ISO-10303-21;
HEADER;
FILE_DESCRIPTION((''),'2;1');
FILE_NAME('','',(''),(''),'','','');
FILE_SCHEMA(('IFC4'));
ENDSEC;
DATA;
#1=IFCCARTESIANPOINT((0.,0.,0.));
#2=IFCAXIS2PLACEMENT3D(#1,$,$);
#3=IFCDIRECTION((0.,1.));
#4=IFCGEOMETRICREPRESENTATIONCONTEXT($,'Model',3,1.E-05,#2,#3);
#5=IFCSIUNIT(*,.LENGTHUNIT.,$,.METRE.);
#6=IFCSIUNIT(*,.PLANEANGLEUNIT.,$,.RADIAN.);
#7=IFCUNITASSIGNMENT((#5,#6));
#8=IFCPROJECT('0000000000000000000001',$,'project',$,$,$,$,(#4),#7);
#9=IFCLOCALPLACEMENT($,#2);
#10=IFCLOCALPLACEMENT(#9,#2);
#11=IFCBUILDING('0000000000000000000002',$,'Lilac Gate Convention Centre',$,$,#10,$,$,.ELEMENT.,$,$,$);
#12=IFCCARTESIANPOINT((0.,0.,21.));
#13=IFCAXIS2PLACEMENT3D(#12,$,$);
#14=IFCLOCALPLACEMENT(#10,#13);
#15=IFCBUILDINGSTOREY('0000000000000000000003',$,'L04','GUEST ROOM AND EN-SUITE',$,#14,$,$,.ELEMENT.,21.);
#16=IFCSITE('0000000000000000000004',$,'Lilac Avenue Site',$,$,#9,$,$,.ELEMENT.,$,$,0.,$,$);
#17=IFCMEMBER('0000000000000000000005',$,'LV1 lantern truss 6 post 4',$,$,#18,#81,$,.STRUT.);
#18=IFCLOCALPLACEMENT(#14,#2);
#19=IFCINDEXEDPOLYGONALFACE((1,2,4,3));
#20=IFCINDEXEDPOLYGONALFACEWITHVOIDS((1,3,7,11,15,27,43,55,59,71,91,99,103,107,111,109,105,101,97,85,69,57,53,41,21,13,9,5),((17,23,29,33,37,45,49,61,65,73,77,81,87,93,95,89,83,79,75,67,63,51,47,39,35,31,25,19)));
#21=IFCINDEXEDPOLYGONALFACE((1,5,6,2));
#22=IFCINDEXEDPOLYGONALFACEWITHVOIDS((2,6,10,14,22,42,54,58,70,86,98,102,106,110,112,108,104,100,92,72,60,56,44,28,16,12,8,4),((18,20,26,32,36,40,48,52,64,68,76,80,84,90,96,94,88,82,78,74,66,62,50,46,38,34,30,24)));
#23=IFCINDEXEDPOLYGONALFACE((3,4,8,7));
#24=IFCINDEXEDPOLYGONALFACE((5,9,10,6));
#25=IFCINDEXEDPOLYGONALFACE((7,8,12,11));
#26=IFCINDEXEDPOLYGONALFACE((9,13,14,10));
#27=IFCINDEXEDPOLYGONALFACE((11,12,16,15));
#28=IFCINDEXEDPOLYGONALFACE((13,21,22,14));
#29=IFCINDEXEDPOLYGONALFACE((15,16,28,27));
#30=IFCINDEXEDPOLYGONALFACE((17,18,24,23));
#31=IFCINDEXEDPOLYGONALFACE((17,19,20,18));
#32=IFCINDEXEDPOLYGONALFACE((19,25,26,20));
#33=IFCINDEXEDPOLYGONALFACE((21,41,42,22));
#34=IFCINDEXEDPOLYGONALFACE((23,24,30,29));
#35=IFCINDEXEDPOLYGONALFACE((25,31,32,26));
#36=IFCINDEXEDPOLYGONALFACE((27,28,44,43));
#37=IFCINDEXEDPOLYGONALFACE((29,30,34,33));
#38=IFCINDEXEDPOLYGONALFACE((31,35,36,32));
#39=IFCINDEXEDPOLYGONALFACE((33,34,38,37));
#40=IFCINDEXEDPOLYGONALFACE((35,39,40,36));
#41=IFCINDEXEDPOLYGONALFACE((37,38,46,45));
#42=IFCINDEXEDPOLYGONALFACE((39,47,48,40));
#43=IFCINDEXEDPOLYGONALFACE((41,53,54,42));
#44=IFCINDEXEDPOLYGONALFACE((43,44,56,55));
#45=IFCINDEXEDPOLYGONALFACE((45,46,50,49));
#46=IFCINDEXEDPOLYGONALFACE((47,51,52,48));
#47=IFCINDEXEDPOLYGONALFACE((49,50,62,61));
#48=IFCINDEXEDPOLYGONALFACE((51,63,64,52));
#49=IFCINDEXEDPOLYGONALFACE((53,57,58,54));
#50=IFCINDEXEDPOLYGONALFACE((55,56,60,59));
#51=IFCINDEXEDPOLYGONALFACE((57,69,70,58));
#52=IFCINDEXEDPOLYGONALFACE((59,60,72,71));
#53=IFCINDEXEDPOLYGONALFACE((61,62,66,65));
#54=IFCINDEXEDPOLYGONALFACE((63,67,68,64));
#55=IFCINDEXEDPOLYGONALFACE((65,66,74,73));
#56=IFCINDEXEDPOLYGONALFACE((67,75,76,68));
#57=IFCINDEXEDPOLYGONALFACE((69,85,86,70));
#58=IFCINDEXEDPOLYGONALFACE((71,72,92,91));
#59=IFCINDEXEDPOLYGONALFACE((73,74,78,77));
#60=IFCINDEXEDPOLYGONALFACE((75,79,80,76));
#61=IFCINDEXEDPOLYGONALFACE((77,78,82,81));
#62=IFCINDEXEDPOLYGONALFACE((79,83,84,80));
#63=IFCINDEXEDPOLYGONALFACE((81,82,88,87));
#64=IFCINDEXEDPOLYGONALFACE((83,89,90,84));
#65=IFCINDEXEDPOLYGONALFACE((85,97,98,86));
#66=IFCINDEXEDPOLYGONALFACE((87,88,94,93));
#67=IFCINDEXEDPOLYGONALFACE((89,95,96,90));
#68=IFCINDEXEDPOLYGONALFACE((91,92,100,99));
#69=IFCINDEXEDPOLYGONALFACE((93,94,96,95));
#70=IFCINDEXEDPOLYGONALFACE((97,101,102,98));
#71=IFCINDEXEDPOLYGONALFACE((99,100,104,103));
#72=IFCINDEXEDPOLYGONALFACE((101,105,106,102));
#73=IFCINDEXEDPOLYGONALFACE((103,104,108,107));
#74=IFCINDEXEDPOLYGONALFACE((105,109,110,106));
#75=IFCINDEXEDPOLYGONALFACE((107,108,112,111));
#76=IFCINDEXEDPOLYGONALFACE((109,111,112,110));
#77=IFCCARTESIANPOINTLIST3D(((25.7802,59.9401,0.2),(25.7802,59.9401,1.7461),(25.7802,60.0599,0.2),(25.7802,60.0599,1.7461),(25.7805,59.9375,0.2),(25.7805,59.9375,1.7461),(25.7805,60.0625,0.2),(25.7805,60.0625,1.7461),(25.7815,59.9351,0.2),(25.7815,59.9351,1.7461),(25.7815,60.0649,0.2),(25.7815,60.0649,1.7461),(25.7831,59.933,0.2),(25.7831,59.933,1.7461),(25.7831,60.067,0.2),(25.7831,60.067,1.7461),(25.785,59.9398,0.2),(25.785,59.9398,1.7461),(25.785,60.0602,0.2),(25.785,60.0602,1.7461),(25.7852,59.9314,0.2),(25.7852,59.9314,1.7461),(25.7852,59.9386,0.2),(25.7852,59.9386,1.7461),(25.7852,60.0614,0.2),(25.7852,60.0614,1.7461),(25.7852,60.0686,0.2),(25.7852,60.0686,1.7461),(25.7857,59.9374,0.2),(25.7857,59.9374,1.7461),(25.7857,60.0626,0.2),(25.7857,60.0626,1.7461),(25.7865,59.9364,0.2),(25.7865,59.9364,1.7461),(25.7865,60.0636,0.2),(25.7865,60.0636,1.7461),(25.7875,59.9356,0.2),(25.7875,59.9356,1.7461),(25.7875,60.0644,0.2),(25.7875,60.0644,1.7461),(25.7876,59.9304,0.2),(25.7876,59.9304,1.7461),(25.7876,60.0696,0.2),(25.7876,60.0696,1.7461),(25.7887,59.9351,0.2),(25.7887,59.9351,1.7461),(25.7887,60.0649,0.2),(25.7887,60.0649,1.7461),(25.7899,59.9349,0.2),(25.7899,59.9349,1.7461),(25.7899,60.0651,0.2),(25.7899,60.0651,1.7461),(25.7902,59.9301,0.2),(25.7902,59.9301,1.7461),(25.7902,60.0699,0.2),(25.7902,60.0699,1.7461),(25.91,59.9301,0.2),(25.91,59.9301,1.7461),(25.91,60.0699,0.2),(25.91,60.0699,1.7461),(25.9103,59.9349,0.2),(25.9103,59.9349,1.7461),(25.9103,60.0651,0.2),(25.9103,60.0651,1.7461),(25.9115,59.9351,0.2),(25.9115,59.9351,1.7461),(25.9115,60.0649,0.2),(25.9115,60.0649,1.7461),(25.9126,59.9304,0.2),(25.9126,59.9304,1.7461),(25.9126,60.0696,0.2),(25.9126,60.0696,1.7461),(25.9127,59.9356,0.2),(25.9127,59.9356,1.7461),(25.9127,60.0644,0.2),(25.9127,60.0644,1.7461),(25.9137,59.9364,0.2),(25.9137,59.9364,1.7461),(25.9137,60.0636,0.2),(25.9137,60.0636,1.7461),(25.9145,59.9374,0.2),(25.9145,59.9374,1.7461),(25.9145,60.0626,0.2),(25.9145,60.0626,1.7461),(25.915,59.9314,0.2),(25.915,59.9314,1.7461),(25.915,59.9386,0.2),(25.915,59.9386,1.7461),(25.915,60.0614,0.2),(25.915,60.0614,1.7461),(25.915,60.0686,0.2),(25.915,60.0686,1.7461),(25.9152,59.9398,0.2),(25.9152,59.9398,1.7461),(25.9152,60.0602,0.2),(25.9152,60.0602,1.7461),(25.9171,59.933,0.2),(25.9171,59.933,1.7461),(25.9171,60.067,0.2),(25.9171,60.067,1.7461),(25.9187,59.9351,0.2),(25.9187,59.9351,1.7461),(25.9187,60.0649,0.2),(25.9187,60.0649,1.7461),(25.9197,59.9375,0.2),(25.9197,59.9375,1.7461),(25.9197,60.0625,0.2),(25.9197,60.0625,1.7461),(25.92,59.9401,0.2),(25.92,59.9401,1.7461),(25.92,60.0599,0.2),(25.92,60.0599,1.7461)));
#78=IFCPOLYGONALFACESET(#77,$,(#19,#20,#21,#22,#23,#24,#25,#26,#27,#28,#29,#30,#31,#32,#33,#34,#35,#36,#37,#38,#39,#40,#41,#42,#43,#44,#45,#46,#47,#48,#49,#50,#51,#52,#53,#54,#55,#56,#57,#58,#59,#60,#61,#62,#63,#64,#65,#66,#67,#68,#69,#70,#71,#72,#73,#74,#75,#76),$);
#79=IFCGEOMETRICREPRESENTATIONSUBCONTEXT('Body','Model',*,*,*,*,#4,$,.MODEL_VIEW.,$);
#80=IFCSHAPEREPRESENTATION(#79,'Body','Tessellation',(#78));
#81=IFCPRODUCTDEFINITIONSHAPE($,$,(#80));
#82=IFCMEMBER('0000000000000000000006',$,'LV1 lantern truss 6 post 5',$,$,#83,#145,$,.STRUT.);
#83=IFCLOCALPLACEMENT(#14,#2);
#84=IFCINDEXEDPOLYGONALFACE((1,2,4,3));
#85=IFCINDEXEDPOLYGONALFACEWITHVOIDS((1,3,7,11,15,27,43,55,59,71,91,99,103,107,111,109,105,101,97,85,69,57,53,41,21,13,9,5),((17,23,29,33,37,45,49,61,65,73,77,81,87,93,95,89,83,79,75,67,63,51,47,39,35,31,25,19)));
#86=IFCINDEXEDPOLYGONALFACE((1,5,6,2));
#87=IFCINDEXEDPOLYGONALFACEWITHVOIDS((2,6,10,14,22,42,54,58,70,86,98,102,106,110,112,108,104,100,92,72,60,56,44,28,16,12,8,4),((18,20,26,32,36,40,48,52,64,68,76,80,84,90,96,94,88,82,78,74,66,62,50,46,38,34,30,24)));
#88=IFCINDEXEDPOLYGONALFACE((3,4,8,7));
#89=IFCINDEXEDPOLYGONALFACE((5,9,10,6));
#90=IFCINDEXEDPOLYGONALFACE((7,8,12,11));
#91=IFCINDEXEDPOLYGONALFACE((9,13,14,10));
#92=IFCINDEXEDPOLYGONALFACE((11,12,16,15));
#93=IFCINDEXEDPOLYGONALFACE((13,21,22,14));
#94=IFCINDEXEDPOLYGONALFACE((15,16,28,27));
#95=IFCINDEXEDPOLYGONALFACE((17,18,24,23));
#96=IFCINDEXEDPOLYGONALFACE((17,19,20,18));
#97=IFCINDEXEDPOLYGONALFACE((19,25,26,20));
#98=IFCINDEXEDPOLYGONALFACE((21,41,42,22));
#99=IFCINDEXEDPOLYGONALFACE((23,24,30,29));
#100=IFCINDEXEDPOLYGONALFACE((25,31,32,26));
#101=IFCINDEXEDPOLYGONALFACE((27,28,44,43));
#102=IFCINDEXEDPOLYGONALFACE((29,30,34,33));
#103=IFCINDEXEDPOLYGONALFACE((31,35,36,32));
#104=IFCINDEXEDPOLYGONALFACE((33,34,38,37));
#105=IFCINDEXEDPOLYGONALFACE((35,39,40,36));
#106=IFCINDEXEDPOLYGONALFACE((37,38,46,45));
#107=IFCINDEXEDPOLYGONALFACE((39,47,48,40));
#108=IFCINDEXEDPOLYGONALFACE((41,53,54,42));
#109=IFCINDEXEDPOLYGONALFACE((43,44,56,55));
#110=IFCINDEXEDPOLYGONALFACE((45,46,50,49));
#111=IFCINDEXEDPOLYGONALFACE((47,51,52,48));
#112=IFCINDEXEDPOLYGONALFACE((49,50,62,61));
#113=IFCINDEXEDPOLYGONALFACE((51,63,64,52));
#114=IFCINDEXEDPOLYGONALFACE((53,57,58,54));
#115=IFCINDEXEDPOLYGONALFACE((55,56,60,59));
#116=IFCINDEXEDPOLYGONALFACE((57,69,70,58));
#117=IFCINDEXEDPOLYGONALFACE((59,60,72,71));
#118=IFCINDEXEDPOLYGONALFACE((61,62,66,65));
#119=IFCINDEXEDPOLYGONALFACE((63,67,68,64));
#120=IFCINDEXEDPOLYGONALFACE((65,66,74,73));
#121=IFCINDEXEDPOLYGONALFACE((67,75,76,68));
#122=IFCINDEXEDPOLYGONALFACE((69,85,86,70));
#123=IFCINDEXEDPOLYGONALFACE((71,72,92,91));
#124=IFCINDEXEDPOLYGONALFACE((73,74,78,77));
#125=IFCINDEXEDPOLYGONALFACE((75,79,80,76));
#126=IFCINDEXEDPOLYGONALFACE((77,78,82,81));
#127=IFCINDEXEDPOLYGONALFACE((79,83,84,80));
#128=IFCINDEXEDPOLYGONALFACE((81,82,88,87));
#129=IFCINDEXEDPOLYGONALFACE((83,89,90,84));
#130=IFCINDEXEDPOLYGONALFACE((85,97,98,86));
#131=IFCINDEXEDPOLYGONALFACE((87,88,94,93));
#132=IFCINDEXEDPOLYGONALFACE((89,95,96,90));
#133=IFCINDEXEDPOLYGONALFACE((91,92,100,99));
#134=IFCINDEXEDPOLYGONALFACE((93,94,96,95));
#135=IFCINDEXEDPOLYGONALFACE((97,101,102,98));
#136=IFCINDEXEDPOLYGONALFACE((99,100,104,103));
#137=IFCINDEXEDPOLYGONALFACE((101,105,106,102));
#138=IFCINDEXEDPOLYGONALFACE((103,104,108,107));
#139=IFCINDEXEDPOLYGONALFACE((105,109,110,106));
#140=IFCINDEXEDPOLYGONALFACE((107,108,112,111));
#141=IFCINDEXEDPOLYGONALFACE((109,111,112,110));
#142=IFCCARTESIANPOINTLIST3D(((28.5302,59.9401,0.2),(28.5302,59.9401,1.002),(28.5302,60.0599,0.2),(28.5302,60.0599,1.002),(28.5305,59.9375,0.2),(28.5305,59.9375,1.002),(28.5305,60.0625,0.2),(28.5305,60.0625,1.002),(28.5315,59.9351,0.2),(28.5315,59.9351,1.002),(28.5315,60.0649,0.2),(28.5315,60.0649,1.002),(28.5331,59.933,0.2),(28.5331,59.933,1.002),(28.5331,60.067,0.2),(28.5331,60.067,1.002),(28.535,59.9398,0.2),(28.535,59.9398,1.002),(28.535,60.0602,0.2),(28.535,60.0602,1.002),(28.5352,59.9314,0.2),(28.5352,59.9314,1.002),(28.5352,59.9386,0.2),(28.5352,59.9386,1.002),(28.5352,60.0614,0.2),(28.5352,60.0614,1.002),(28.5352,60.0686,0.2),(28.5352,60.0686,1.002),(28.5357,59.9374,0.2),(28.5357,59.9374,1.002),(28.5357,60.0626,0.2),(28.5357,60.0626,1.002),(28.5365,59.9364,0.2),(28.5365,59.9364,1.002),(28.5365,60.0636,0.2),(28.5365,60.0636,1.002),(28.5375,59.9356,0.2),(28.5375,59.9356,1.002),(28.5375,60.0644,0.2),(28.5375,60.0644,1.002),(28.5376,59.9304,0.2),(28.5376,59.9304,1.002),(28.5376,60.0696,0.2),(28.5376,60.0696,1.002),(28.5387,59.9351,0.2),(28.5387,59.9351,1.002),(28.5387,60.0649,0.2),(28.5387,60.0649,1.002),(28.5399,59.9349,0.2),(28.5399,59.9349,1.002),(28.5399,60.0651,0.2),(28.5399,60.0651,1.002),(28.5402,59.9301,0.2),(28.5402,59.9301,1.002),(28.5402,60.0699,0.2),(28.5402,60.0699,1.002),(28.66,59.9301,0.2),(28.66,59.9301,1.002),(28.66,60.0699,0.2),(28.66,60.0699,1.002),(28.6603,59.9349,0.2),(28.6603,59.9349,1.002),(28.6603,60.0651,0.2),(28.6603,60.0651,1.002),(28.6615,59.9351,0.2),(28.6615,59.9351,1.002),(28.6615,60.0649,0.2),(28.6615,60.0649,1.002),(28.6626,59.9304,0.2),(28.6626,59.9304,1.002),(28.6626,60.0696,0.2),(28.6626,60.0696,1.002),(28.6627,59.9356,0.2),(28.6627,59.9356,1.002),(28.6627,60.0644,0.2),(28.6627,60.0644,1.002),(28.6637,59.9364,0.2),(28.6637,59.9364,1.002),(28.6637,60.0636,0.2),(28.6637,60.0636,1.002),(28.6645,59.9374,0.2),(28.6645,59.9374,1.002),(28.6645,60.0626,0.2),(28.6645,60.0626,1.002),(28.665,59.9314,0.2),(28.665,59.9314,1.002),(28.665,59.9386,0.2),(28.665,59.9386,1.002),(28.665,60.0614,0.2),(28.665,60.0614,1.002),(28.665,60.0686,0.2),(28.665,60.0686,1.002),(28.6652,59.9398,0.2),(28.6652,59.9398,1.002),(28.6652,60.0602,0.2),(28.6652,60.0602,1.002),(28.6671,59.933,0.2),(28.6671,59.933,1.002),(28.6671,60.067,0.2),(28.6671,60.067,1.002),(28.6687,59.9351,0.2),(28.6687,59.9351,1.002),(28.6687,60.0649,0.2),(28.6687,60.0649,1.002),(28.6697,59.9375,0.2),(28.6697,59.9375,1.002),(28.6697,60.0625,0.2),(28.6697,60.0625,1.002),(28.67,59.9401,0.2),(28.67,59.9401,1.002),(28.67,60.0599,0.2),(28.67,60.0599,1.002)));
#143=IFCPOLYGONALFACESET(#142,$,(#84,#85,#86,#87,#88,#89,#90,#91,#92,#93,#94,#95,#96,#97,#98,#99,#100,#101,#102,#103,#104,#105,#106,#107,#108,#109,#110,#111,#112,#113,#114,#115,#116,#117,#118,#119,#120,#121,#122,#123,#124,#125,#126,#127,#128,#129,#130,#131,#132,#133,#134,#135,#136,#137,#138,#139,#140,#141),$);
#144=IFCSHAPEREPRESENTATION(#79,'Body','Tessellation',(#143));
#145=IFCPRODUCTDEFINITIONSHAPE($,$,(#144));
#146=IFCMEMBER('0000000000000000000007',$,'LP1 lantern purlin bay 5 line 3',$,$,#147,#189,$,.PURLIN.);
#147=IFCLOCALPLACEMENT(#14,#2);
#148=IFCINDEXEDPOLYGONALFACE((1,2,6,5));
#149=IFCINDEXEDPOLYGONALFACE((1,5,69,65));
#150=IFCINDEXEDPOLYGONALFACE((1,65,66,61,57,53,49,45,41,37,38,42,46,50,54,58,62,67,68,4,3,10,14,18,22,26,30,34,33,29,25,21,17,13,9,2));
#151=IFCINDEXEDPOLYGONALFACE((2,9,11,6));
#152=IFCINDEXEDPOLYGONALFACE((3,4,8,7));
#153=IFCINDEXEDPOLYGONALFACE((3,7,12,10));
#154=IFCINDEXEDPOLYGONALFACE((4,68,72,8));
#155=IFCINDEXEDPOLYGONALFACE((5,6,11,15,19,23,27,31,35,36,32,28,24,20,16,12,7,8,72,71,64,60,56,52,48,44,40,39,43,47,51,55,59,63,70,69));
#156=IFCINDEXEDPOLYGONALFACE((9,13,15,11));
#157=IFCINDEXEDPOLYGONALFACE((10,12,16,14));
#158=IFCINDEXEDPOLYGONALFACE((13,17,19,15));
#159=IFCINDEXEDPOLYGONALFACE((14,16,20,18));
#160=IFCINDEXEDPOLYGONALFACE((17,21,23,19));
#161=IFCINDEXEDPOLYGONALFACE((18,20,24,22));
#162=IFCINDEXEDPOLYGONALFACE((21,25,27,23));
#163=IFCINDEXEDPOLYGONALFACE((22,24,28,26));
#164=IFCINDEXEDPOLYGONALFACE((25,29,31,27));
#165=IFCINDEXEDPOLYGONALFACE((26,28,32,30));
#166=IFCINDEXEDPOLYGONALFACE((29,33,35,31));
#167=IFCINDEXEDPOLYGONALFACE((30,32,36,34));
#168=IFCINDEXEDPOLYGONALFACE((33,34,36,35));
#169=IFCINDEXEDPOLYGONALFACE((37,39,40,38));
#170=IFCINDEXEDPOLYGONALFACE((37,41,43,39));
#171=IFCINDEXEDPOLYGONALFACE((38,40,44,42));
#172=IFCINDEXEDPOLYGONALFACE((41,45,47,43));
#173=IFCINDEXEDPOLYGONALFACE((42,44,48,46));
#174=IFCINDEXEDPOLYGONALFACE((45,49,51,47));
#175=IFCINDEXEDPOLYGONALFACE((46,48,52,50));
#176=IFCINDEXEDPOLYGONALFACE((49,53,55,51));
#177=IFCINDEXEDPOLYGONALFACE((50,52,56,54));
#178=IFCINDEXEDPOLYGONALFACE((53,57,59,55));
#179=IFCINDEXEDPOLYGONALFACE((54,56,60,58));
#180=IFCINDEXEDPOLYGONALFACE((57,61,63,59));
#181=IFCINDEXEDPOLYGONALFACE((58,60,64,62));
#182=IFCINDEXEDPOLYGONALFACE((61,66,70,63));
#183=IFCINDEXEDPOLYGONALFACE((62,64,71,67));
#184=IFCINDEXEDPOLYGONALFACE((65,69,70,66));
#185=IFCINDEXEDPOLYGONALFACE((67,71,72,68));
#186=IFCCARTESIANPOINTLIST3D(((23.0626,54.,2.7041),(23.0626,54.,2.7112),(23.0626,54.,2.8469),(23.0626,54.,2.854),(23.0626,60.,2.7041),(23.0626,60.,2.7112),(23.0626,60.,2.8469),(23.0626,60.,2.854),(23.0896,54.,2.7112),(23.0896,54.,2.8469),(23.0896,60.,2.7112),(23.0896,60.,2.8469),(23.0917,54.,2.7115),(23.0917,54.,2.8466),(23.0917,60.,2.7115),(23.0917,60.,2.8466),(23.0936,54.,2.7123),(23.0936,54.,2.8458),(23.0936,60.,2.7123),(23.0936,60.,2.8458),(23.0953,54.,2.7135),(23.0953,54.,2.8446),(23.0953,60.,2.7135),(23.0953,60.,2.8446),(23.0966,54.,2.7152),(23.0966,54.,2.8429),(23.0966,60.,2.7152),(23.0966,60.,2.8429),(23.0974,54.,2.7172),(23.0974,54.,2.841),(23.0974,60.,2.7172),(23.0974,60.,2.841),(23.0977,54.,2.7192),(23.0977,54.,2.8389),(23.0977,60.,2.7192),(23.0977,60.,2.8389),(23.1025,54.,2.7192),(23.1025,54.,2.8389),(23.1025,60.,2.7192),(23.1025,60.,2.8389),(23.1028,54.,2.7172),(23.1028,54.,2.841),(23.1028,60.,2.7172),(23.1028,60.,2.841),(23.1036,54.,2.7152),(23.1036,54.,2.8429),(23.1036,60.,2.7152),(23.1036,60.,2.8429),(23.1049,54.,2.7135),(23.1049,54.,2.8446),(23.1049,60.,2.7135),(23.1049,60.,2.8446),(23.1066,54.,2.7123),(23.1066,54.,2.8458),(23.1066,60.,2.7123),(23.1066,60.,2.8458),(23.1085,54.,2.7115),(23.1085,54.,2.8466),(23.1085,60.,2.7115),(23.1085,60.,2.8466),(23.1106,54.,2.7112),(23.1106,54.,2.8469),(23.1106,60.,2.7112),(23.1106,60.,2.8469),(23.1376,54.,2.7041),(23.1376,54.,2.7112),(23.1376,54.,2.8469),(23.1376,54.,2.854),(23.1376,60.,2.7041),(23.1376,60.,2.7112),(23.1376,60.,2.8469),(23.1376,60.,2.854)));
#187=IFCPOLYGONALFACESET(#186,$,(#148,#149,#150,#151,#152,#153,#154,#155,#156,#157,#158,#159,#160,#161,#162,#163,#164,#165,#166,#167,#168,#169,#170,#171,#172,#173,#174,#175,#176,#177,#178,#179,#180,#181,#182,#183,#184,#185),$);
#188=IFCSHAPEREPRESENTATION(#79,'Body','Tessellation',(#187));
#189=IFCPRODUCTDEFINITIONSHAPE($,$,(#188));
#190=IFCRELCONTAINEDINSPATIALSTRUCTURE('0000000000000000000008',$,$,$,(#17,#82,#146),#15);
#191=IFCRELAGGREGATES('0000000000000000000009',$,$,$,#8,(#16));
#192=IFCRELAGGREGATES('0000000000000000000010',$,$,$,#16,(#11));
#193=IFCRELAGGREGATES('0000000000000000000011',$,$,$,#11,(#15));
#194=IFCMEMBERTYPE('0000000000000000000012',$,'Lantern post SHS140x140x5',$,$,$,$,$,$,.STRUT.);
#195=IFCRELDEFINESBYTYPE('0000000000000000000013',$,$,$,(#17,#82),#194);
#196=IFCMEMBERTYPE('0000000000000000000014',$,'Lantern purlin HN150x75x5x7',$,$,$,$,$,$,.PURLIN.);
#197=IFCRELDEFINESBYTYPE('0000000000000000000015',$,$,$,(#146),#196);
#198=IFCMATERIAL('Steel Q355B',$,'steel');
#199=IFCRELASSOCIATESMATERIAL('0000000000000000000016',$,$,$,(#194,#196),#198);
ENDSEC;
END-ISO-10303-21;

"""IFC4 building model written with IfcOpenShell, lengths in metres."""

from ifc_helpers import new_model, si_unit, direction, frame, origin, origin_2d, place, context, subcontext, project, spatial, hollow_rectangle, i_section, extrude, material, material_profile, profile_set, type_object, element, save


model = new_model("IFC4")

# Units and contexts
model_context = context("Model", 3, precision=1e-05, world=origin(), true_north=direction((0.0, 1.0)))
body_context = subcontext(model_context, "Body", "Model", "MODEL_VIEW")
ifc_project = project(units=[si_unit("LENGTHUNIT", "METRE"), si_unit("PLANEANGLEUNIT", "RADIAN")], contexts=[model_context])

# Site, building, storey
site_placement = place(None, origin())
site = spatial("IfcSite", under=ifc_project, at=site_placement, Name="Lilac Avenue Site", CompositionType="ELEMENT", RefElevation=0.0)
building_placement = place(site_placement, origin())
building = spatial("IfcBuilding", under=site, at=building_placement, Name="Lilac Gate Convention Centre", CompositionType="ELEMENT")
storey_placement = place(building_placement, frame((0.0, 0.0, 21.0)))
storey = spatial("IfcBuildingStorey", under=building, at=storey_placement, Name="L04", Description="GUEST ROOM AND EN-SUITE", CompositionType="ELEMENT", Elevation=21.0)

# Members
ifc_material_1 = material(Name="Steel Q355B", Category="steel")
ifc_material_profile_1 = material_profile(ifc_material_1, hollow_rectangle(XDim=0.1399, YDim=0.1399, WallThickness=0.0049, InnerFilletRadius=0.0049, OuterFilletRadius=0.01, at=origin_2d()), Name="SHS140x140x5")
ifc_profile_set_1 = profile_set([ifc_material_profile_1], Name="Steel Q355B")
member_type_1 = type_object("IfcMemberType", Name="Lantern post SHS140x140x5", PredefinedType="STRUT", material=ifc_profile_set_1)
member_1_placement = place(storey_placement, frame((25.8501, 60.0, 0.2), z_axis=(0.0, 0.0, 1.0), x_axis=(1.0, 0.0, 0.0)))
element("IfcMember", 1, at=member_1_placement, inside=storey, type_object=member_type_1, Name="LV1 lantern truss 6 post 4", PredefinedType="STRUT", context=body_context, shape_type="SweptSolid", body=[
    extrude(hollow_rectangle(XDim=0.1399, YDim=0.1399, WallThickness=0.0049, InnerFilletRadius=0.0049, OuterFilletRadius=0.01, at=origin_2d()), origin(), (0.0, 0.0, 1.0), 1.5461),
])
member_2_placement = place(storey_placement, frame((28.6001, 60.0, 0.2), z_axis=(0.0, 0.0, 1.0), x_axis=(1.0, 0.0, 0.0)))
element("IfcMember", 2, at=member_2_placement, inside=storey, type_object=member_type_1, Name="LV1 lantern truss 6 post 5", PredefinedType="STRUT", context=body_context, shape_type="SweptSolid", body=[
    extrude(hollow_rectangle(XDim=0.1399, YDim=0.1399, WallThickness=0.0049, InnerFilletRadius=0.0049, OuterFilletRadius=0.01, at=origin_2d()), origin(), (0.0, 0.0, 1.0), 0.802),
])
ifc_material_profile_2 = material_profile(ifc_material_1, i_section(OverallWidth=0.075, OverallDepth=0.1499, WebThickness=0.0049, FlangeThickness=0.0071, FilletRadius=0.0081, at=origin_2d()), Name="HN150x75x5x7")
ifc_profile_set_2 = profile_set([ifc_material_profile_2], Name="Steel Q355B")
member_type_2 = type_object("IfcMemberType", Name="Lantern purlin HN150x75x5x7", PredefinedType="PURLIN", material=ifc_profile_set_2)
for number, where, z_axis, x_axis, name in (
    (3, (23.1001, 54.0, 2.7791), (0.0, 1.0, 0.0), (-1.0, 0.0, 0.0), "LP1 lantern purlin bay 5 line 3"),
):
    element("IfcMember", number, at=place(storey_placement, frame(where, z_axis=z_axis, x_axis=x_axis)), inside=storey, type_object=member_type_2, Name=name, PredefinedType="PURLIN", context=body_context, shape_type="SweptSolid", body=[
        extrude(i_section(OverallWidth=0.075, OverallDepth=0.1499, WebThickness=0.0049, FlangeThickness=0.0071, FilletRadius=0.0081, at=origin_2d()), origin(), (0.0, 0.0, 1.0), 6.0),
    ])

save(model, "model.ifc")
